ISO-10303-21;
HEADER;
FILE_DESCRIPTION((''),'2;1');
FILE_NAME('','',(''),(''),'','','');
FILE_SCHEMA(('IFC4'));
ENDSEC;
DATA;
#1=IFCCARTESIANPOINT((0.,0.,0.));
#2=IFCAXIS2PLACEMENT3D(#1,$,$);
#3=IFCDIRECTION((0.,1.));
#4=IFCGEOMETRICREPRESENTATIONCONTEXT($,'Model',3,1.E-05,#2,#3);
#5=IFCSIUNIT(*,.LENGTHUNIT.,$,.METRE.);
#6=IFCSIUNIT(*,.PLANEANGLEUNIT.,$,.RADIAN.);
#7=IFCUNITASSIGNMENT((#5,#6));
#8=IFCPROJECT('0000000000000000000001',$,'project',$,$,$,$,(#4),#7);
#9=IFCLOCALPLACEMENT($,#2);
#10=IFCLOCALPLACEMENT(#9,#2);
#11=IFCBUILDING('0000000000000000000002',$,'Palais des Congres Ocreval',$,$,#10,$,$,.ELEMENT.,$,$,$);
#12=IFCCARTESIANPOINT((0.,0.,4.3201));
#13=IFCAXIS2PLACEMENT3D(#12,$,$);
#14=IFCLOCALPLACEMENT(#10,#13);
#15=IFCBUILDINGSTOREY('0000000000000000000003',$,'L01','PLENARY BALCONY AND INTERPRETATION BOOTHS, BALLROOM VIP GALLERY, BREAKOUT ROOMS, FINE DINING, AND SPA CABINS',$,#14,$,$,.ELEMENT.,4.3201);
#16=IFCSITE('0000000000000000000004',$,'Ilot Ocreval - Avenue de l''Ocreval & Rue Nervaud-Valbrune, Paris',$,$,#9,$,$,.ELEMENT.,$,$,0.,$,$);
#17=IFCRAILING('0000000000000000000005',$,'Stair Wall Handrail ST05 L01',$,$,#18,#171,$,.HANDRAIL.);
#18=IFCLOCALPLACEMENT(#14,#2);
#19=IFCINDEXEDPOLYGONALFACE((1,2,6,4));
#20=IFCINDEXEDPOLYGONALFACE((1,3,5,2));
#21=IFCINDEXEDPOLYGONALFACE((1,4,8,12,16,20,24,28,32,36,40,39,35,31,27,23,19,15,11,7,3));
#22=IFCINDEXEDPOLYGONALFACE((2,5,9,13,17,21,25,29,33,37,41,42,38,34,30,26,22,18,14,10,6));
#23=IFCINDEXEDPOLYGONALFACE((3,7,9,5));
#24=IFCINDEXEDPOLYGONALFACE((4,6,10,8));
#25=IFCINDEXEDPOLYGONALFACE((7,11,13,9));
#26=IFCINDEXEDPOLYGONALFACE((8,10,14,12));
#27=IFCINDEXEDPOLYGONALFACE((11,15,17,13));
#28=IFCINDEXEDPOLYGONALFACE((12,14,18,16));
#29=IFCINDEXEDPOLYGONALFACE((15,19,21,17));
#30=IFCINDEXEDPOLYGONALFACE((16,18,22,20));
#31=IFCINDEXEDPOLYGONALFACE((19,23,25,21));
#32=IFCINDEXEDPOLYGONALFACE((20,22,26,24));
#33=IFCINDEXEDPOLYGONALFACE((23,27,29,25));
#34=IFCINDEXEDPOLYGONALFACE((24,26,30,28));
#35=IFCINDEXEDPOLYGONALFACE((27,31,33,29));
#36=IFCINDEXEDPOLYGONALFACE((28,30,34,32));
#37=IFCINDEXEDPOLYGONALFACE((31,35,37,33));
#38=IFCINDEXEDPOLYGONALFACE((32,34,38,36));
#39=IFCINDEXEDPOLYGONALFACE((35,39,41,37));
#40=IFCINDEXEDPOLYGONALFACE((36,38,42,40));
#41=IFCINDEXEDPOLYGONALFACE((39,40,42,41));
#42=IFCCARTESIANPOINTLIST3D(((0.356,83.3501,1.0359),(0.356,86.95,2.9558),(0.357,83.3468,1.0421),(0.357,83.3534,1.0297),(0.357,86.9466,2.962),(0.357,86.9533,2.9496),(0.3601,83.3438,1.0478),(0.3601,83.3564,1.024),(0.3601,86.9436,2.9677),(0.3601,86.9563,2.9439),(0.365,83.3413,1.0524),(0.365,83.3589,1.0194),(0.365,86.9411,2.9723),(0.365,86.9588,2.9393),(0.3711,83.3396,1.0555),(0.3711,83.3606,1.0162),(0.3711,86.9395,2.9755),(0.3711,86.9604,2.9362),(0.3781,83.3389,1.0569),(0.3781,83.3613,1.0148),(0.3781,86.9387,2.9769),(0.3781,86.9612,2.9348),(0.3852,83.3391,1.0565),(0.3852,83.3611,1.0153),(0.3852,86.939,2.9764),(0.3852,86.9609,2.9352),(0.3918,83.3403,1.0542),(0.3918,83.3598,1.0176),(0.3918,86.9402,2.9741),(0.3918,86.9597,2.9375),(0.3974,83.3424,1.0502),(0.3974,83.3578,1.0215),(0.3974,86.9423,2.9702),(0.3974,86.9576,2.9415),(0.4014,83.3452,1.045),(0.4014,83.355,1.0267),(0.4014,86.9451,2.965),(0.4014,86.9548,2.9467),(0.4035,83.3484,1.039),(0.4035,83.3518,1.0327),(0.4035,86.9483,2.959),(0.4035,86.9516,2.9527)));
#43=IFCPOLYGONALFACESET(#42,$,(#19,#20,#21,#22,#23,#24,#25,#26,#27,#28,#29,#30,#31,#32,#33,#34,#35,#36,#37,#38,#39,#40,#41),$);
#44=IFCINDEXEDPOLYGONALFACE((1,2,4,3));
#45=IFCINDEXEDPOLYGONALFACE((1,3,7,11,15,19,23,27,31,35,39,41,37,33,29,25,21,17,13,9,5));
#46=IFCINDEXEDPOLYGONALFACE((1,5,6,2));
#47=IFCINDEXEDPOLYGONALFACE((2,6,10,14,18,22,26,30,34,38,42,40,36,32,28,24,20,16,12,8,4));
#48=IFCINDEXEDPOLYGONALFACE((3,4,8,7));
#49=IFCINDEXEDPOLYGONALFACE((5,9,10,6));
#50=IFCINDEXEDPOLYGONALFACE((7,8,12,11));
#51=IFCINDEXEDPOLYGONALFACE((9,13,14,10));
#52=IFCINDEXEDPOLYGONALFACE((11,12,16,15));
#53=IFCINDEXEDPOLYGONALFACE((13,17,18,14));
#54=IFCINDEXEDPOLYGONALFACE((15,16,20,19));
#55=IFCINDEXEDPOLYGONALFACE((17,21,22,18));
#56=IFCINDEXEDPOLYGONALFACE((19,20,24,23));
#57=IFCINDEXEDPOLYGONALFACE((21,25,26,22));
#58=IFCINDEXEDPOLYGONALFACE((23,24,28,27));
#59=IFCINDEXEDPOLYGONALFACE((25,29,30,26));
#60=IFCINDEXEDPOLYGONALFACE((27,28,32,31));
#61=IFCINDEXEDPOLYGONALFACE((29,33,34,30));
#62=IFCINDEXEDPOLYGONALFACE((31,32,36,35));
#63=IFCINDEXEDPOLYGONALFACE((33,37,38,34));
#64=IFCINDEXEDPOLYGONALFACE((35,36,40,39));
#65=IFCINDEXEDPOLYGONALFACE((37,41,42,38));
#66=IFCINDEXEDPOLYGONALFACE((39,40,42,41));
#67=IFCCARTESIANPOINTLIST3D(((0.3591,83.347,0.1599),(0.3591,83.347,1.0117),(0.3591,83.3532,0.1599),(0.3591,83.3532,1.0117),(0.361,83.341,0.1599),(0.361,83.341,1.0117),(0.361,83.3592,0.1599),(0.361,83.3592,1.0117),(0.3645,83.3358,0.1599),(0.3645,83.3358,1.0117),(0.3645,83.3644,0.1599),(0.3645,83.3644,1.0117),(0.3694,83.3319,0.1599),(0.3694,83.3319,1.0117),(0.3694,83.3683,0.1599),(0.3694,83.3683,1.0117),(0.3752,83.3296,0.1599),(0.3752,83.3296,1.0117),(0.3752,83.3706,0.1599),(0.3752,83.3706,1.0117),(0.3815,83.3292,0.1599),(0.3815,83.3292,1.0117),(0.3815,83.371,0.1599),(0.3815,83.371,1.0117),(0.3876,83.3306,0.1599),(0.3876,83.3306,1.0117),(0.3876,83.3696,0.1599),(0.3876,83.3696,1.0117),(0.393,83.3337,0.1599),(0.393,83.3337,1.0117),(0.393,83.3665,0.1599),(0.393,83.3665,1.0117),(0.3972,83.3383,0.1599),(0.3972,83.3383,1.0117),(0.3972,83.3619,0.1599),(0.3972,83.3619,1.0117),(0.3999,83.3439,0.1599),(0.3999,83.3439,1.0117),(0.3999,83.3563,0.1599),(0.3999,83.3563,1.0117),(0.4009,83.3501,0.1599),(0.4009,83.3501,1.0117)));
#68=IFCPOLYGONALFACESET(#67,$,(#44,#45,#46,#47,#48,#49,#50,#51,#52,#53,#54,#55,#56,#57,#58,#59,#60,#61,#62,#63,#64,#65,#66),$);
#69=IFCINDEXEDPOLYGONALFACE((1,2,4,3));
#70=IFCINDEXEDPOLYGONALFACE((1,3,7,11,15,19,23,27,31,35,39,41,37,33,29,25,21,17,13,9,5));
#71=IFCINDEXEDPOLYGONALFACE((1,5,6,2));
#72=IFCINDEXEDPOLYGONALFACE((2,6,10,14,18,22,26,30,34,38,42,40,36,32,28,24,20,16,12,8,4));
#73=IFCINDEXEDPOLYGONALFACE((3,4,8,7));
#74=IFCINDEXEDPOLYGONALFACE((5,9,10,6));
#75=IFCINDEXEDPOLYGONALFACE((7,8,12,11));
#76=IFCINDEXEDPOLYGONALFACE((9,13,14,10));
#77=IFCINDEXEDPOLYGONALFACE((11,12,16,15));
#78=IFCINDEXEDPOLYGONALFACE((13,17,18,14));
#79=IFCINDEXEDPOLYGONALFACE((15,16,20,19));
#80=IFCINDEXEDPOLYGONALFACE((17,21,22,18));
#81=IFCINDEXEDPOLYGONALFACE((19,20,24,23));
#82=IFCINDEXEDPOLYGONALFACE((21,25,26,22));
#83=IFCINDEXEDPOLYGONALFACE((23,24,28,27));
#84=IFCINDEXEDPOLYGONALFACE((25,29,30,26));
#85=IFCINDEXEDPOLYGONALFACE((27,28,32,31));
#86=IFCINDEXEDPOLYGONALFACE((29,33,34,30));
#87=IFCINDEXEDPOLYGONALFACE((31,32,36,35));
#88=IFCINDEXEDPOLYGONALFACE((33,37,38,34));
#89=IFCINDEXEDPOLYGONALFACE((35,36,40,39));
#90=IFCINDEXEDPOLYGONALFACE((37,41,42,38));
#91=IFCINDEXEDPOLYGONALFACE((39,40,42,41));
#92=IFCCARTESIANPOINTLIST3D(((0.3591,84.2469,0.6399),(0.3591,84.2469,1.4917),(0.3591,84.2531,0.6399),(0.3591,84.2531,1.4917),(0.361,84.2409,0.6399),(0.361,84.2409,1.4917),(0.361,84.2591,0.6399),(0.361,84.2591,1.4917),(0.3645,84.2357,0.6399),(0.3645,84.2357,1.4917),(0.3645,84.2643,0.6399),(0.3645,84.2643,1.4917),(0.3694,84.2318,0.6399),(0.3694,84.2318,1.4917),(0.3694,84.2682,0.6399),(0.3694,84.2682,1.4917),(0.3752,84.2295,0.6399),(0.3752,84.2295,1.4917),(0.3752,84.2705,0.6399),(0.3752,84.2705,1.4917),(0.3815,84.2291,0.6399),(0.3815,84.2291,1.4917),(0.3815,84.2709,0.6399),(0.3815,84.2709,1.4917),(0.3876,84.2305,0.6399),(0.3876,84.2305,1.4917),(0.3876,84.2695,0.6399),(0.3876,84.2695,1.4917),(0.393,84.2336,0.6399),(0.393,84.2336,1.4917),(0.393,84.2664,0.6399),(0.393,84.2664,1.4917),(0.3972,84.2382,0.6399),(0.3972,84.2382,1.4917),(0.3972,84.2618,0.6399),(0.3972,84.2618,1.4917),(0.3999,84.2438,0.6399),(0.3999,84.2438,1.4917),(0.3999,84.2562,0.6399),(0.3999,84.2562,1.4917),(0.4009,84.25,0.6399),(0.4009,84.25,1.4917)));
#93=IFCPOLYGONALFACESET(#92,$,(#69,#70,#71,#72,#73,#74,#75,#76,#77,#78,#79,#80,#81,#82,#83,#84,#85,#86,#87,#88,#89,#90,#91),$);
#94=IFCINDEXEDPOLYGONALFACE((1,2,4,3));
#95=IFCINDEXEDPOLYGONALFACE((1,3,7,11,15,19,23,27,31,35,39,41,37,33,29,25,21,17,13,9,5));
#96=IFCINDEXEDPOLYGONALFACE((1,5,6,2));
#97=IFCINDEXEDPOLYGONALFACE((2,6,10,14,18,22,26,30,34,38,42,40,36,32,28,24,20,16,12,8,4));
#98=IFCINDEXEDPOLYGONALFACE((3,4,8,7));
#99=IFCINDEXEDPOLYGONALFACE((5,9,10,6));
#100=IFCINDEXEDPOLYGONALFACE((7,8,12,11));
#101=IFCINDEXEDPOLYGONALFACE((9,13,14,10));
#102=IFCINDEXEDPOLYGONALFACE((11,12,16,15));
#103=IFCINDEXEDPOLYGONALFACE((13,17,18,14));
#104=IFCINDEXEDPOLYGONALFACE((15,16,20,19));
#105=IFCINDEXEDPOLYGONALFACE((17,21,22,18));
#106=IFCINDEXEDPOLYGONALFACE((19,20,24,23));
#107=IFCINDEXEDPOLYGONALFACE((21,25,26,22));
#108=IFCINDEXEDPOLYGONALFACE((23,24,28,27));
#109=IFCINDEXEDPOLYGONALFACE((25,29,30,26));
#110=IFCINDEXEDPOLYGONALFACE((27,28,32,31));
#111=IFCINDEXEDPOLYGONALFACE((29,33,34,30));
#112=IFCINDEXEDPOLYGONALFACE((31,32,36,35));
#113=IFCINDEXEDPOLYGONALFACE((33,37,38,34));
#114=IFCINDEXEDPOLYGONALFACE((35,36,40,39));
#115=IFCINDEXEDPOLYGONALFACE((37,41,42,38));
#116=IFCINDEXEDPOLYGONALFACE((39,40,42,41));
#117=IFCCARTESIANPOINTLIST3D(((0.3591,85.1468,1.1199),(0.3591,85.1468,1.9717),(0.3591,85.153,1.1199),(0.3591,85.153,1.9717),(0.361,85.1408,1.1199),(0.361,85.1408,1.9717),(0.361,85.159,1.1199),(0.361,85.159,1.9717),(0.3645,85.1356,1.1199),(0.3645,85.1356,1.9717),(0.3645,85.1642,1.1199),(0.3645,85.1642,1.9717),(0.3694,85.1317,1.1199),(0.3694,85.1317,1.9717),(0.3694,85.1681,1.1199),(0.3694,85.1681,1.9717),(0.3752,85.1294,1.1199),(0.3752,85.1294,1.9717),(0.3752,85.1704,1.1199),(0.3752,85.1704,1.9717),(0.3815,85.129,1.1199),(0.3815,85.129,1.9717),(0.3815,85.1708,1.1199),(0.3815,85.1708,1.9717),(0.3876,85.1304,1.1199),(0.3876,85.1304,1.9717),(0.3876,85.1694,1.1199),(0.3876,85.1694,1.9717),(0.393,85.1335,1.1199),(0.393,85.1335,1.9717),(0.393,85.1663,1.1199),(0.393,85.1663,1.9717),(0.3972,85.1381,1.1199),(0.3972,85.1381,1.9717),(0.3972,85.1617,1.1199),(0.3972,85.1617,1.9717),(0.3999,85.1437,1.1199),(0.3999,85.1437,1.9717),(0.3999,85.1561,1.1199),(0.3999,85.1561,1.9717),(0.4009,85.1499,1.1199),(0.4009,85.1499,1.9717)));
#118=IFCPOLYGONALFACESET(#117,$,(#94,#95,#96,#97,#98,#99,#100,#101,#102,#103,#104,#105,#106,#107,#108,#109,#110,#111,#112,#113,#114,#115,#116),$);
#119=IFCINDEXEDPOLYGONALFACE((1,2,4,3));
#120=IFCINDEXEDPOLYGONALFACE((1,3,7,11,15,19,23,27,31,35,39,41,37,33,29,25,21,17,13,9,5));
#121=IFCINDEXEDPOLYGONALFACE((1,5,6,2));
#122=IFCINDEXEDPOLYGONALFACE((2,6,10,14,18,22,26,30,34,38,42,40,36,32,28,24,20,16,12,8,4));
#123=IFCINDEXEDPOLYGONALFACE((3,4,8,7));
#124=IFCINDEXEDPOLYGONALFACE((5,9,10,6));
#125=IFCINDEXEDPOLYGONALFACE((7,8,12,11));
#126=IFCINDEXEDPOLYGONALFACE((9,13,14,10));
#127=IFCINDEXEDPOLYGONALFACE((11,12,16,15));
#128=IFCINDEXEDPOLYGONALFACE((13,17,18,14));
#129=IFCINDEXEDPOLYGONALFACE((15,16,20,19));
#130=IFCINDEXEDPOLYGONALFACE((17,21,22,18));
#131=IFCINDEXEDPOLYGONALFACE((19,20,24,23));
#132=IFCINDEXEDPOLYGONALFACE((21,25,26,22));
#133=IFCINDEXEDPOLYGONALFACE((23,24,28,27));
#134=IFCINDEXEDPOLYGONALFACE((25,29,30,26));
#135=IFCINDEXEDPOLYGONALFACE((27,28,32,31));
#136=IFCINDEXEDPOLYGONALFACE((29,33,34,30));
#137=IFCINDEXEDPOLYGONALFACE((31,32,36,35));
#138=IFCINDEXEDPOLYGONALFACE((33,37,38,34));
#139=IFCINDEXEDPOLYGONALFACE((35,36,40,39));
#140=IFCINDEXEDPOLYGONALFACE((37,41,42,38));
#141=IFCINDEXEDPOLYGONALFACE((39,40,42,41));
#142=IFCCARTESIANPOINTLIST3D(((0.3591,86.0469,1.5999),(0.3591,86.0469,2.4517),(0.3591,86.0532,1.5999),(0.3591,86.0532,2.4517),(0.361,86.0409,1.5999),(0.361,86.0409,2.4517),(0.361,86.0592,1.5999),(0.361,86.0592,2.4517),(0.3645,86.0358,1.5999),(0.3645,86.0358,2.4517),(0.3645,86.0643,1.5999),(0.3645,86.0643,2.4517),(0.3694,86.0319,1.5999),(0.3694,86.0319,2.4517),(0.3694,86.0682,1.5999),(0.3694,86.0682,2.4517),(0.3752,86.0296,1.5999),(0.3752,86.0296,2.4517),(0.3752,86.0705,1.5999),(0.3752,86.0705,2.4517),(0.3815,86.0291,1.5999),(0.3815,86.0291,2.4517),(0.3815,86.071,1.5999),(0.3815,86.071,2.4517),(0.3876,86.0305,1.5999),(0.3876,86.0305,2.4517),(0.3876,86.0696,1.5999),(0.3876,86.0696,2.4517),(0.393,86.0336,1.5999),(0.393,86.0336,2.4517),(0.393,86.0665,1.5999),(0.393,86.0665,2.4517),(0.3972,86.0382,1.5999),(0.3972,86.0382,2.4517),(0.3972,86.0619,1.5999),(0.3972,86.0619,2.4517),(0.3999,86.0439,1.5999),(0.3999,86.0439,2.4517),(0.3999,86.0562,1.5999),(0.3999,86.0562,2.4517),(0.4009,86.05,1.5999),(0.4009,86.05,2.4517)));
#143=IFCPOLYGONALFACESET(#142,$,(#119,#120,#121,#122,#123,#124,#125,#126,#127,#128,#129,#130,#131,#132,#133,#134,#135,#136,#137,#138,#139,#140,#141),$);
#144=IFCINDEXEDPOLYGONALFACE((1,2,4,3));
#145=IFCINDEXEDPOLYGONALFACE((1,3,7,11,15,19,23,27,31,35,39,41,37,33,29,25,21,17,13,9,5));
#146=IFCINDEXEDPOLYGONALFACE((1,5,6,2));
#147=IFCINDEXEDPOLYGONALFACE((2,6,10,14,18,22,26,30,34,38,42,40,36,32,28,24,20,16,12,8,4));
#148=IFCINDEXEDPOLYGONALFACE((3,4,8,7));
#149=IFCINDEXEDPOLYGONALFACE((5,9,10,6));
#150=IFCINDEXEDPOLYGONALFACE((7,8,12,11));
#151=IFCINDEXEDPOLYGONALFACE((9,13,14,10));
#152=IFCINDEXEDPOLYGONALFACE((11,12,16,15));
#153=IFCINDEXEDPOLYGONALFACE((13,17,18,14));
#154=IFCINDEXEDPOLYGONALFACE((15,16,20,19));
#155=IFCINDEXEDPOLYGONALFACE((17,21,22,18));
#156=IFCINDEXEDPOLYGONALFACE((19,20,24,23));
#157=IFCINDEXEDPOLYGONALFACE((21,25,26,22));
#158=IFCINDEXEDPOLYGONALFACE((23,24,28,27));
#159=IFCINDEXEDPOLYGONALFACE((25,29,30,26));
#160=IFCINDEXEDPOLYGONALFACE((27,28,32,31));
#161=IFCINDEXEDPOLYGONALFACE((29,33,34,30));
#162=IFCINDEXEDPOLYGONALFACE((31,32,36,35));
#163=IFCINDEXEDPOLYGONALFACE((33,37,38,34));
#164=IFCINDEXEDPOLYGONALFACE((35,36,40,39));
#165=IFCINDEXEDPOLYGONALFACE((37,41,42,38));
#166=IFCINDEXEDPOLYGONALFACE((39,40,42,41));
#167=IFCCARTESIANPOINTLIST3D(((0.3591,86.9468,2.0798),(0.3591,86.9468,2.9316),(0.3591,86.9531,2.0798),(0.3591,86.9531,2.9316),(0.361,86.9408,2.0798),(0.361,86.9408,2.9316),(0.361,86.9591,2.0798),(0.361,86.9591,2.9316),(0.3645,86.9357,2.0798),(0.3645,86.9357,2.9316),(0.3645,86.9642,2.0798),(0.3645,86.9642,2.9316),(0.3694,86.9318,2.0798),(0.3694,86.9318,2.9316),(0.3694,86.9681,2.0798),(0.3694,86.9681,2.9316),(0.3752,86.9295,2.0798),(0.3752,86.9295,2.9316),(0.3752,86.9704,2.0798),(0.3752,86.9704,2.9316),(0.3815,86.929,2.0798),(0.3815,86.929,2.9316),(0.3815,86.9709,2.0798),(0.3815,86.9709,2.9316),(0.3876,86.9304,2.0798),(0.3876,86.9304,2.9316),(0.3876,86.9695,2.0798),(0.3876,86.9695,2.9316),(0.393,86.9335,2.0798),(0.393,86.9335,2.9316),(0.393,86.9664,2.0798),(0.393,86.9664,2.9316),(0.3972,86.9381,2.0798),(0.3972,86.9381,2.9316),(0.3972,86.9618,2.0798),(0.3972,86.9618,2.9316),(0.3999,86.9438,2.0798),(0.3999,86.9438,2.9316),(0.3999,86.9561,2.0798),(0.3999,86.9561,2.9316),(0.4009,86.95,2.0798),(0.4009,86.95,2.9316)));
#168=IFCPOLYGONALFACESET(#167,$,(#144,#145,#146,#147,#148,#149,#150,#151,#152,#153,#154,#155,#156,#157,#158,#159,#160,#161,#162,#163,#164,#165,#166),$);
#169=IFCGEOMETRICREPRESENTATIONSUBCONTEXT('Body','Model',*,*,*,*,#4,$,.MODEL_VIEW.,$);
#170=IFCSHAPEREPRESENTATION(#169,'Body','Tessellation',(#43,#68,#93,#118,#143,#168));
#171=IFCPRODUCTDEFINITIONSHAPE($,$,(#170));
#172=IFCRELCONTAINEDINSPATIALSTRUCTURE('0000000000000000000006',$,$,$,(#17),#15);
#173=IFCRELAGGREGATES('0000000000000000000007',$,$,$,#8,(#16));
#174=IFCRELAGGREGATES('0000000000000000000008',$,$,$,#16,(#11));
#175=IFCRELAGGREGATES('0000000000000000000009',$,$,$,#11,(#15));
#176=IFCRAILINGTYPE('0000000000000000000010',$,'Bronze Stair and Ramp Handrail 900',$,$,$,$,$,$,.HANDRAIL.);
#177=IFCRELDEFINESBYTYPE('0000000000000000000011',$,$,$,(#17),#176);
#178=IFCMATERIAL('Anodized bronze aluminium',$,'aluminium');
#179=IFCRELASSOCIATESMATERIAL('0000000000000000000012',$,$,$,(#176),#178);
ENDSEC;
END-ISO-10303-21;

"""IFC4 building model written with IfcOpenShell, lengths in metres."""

from ifc_helpers import new_model, si_unit, direction, frame, origin, origin_2d, place, context, subcontext, project, spatial, circle, extrude, material, type_object, element, save


model = new_model("IFC4")

# Units and contexts
model_context = context("Model", 3, precision=1e-05, world=origin(), true_north=direction((0.0, 1.0)))
body_context = subcontext(model_context, "Body", "Model", "MODEL_VIEW")
ifc_project = project(units=[si_unit("LENGTHUNIT", "METRE"), si_unit("PLANEANGLEUNIT", "RADIAN")], contexts=[model_context])

# Site, building, storey
site_placement = place(None, origin())
site = spatial("IfcSite", under=ifc_project, at=site_placement, Name="Ilot Ocreval - Avenue de l'Ocreval & Rue Nervaud-Valbrune, Paris", CompositionType="ELEMENT", RefElevation=0.0)
building_placement = place(site_placement, origin())
building = spatial("IfcBuilding", under=site, at=building_placement, Name="Palais des Congres Ocreval", CompositionType="ELEMENT")
storey_placement = place(building_placement, frame((0.0, 0.0, 4.3201)))
storey = spatial("IfcBuildingStorey", under=building, at=storey_placement, Name="L01", Description="PLENARY BALCONY AND INTERPRETATION BOOTHS, BALLROOM VIP GALLERY, BREAKOUT ROOMS, FINE DINING, AND SPA CABINS", CompositionType="ELEMENT", Elevation=4.3201)

# Railing
ifc_material_1 = material(Name="Anodized bronze aluminium", Category="aluminium")
railing_type_1 = type_object("IfcRailingType", Name="Bronze Stair and Ramp Handrail 900", PredefinedType="HANDRAIL", material=ifc_material_1)
railing_1_placement = place(storey_placement, frame((0.3799, 83.3501, 0.1599)))
element("IfcRailing", 1, at=railing_1_placement, inside=storey, type_object=railing_type_1, Name="Stair Wall Handrail ST05 L01", PredefinedType="HANDRAIL", context=body_context, shape_type="SweptSolid", body=[
    extrude(circle(Radius=0.0239, at=origin_2d()), frame((0.0, 0.0, 0.876), z_axis=(0.0, 0.882353, 0.470588), x_axis=(-1.0, 0.0, 0.0)), (0.0, 0.0, 1.0), 4.0798),
    extrude(circle(Radius=0.021, at=origin_2d()), origin(), (0.0, 0.0, 1.0), 0.8518),
    extrude(circle(Radius=0.021, at=origin_2d()), frame((0.0, 0.8999, 0.48)), (0.0, 0.0, 1.0), 0.8518),
    extrude(circle(Radius=0.021, at=origin_2d()), frame((0.0, 1.7998, 0.96)), (0.0, 0.0, 1.0), 0.8518),
    extrude(circle(Radius=0.021, at=origin_2d()), frame((0.0, 2.7, 1.4399)), (0.0, 0.0, 1.0), 0.8518),
    extrude(circle(Radius=0.021, at=origin_2d()), frame((0.0, 3.5999, 1.9199)), (0.0, 0.0, 1.0), 0.8518),
])

save(model, "model.ifc")
